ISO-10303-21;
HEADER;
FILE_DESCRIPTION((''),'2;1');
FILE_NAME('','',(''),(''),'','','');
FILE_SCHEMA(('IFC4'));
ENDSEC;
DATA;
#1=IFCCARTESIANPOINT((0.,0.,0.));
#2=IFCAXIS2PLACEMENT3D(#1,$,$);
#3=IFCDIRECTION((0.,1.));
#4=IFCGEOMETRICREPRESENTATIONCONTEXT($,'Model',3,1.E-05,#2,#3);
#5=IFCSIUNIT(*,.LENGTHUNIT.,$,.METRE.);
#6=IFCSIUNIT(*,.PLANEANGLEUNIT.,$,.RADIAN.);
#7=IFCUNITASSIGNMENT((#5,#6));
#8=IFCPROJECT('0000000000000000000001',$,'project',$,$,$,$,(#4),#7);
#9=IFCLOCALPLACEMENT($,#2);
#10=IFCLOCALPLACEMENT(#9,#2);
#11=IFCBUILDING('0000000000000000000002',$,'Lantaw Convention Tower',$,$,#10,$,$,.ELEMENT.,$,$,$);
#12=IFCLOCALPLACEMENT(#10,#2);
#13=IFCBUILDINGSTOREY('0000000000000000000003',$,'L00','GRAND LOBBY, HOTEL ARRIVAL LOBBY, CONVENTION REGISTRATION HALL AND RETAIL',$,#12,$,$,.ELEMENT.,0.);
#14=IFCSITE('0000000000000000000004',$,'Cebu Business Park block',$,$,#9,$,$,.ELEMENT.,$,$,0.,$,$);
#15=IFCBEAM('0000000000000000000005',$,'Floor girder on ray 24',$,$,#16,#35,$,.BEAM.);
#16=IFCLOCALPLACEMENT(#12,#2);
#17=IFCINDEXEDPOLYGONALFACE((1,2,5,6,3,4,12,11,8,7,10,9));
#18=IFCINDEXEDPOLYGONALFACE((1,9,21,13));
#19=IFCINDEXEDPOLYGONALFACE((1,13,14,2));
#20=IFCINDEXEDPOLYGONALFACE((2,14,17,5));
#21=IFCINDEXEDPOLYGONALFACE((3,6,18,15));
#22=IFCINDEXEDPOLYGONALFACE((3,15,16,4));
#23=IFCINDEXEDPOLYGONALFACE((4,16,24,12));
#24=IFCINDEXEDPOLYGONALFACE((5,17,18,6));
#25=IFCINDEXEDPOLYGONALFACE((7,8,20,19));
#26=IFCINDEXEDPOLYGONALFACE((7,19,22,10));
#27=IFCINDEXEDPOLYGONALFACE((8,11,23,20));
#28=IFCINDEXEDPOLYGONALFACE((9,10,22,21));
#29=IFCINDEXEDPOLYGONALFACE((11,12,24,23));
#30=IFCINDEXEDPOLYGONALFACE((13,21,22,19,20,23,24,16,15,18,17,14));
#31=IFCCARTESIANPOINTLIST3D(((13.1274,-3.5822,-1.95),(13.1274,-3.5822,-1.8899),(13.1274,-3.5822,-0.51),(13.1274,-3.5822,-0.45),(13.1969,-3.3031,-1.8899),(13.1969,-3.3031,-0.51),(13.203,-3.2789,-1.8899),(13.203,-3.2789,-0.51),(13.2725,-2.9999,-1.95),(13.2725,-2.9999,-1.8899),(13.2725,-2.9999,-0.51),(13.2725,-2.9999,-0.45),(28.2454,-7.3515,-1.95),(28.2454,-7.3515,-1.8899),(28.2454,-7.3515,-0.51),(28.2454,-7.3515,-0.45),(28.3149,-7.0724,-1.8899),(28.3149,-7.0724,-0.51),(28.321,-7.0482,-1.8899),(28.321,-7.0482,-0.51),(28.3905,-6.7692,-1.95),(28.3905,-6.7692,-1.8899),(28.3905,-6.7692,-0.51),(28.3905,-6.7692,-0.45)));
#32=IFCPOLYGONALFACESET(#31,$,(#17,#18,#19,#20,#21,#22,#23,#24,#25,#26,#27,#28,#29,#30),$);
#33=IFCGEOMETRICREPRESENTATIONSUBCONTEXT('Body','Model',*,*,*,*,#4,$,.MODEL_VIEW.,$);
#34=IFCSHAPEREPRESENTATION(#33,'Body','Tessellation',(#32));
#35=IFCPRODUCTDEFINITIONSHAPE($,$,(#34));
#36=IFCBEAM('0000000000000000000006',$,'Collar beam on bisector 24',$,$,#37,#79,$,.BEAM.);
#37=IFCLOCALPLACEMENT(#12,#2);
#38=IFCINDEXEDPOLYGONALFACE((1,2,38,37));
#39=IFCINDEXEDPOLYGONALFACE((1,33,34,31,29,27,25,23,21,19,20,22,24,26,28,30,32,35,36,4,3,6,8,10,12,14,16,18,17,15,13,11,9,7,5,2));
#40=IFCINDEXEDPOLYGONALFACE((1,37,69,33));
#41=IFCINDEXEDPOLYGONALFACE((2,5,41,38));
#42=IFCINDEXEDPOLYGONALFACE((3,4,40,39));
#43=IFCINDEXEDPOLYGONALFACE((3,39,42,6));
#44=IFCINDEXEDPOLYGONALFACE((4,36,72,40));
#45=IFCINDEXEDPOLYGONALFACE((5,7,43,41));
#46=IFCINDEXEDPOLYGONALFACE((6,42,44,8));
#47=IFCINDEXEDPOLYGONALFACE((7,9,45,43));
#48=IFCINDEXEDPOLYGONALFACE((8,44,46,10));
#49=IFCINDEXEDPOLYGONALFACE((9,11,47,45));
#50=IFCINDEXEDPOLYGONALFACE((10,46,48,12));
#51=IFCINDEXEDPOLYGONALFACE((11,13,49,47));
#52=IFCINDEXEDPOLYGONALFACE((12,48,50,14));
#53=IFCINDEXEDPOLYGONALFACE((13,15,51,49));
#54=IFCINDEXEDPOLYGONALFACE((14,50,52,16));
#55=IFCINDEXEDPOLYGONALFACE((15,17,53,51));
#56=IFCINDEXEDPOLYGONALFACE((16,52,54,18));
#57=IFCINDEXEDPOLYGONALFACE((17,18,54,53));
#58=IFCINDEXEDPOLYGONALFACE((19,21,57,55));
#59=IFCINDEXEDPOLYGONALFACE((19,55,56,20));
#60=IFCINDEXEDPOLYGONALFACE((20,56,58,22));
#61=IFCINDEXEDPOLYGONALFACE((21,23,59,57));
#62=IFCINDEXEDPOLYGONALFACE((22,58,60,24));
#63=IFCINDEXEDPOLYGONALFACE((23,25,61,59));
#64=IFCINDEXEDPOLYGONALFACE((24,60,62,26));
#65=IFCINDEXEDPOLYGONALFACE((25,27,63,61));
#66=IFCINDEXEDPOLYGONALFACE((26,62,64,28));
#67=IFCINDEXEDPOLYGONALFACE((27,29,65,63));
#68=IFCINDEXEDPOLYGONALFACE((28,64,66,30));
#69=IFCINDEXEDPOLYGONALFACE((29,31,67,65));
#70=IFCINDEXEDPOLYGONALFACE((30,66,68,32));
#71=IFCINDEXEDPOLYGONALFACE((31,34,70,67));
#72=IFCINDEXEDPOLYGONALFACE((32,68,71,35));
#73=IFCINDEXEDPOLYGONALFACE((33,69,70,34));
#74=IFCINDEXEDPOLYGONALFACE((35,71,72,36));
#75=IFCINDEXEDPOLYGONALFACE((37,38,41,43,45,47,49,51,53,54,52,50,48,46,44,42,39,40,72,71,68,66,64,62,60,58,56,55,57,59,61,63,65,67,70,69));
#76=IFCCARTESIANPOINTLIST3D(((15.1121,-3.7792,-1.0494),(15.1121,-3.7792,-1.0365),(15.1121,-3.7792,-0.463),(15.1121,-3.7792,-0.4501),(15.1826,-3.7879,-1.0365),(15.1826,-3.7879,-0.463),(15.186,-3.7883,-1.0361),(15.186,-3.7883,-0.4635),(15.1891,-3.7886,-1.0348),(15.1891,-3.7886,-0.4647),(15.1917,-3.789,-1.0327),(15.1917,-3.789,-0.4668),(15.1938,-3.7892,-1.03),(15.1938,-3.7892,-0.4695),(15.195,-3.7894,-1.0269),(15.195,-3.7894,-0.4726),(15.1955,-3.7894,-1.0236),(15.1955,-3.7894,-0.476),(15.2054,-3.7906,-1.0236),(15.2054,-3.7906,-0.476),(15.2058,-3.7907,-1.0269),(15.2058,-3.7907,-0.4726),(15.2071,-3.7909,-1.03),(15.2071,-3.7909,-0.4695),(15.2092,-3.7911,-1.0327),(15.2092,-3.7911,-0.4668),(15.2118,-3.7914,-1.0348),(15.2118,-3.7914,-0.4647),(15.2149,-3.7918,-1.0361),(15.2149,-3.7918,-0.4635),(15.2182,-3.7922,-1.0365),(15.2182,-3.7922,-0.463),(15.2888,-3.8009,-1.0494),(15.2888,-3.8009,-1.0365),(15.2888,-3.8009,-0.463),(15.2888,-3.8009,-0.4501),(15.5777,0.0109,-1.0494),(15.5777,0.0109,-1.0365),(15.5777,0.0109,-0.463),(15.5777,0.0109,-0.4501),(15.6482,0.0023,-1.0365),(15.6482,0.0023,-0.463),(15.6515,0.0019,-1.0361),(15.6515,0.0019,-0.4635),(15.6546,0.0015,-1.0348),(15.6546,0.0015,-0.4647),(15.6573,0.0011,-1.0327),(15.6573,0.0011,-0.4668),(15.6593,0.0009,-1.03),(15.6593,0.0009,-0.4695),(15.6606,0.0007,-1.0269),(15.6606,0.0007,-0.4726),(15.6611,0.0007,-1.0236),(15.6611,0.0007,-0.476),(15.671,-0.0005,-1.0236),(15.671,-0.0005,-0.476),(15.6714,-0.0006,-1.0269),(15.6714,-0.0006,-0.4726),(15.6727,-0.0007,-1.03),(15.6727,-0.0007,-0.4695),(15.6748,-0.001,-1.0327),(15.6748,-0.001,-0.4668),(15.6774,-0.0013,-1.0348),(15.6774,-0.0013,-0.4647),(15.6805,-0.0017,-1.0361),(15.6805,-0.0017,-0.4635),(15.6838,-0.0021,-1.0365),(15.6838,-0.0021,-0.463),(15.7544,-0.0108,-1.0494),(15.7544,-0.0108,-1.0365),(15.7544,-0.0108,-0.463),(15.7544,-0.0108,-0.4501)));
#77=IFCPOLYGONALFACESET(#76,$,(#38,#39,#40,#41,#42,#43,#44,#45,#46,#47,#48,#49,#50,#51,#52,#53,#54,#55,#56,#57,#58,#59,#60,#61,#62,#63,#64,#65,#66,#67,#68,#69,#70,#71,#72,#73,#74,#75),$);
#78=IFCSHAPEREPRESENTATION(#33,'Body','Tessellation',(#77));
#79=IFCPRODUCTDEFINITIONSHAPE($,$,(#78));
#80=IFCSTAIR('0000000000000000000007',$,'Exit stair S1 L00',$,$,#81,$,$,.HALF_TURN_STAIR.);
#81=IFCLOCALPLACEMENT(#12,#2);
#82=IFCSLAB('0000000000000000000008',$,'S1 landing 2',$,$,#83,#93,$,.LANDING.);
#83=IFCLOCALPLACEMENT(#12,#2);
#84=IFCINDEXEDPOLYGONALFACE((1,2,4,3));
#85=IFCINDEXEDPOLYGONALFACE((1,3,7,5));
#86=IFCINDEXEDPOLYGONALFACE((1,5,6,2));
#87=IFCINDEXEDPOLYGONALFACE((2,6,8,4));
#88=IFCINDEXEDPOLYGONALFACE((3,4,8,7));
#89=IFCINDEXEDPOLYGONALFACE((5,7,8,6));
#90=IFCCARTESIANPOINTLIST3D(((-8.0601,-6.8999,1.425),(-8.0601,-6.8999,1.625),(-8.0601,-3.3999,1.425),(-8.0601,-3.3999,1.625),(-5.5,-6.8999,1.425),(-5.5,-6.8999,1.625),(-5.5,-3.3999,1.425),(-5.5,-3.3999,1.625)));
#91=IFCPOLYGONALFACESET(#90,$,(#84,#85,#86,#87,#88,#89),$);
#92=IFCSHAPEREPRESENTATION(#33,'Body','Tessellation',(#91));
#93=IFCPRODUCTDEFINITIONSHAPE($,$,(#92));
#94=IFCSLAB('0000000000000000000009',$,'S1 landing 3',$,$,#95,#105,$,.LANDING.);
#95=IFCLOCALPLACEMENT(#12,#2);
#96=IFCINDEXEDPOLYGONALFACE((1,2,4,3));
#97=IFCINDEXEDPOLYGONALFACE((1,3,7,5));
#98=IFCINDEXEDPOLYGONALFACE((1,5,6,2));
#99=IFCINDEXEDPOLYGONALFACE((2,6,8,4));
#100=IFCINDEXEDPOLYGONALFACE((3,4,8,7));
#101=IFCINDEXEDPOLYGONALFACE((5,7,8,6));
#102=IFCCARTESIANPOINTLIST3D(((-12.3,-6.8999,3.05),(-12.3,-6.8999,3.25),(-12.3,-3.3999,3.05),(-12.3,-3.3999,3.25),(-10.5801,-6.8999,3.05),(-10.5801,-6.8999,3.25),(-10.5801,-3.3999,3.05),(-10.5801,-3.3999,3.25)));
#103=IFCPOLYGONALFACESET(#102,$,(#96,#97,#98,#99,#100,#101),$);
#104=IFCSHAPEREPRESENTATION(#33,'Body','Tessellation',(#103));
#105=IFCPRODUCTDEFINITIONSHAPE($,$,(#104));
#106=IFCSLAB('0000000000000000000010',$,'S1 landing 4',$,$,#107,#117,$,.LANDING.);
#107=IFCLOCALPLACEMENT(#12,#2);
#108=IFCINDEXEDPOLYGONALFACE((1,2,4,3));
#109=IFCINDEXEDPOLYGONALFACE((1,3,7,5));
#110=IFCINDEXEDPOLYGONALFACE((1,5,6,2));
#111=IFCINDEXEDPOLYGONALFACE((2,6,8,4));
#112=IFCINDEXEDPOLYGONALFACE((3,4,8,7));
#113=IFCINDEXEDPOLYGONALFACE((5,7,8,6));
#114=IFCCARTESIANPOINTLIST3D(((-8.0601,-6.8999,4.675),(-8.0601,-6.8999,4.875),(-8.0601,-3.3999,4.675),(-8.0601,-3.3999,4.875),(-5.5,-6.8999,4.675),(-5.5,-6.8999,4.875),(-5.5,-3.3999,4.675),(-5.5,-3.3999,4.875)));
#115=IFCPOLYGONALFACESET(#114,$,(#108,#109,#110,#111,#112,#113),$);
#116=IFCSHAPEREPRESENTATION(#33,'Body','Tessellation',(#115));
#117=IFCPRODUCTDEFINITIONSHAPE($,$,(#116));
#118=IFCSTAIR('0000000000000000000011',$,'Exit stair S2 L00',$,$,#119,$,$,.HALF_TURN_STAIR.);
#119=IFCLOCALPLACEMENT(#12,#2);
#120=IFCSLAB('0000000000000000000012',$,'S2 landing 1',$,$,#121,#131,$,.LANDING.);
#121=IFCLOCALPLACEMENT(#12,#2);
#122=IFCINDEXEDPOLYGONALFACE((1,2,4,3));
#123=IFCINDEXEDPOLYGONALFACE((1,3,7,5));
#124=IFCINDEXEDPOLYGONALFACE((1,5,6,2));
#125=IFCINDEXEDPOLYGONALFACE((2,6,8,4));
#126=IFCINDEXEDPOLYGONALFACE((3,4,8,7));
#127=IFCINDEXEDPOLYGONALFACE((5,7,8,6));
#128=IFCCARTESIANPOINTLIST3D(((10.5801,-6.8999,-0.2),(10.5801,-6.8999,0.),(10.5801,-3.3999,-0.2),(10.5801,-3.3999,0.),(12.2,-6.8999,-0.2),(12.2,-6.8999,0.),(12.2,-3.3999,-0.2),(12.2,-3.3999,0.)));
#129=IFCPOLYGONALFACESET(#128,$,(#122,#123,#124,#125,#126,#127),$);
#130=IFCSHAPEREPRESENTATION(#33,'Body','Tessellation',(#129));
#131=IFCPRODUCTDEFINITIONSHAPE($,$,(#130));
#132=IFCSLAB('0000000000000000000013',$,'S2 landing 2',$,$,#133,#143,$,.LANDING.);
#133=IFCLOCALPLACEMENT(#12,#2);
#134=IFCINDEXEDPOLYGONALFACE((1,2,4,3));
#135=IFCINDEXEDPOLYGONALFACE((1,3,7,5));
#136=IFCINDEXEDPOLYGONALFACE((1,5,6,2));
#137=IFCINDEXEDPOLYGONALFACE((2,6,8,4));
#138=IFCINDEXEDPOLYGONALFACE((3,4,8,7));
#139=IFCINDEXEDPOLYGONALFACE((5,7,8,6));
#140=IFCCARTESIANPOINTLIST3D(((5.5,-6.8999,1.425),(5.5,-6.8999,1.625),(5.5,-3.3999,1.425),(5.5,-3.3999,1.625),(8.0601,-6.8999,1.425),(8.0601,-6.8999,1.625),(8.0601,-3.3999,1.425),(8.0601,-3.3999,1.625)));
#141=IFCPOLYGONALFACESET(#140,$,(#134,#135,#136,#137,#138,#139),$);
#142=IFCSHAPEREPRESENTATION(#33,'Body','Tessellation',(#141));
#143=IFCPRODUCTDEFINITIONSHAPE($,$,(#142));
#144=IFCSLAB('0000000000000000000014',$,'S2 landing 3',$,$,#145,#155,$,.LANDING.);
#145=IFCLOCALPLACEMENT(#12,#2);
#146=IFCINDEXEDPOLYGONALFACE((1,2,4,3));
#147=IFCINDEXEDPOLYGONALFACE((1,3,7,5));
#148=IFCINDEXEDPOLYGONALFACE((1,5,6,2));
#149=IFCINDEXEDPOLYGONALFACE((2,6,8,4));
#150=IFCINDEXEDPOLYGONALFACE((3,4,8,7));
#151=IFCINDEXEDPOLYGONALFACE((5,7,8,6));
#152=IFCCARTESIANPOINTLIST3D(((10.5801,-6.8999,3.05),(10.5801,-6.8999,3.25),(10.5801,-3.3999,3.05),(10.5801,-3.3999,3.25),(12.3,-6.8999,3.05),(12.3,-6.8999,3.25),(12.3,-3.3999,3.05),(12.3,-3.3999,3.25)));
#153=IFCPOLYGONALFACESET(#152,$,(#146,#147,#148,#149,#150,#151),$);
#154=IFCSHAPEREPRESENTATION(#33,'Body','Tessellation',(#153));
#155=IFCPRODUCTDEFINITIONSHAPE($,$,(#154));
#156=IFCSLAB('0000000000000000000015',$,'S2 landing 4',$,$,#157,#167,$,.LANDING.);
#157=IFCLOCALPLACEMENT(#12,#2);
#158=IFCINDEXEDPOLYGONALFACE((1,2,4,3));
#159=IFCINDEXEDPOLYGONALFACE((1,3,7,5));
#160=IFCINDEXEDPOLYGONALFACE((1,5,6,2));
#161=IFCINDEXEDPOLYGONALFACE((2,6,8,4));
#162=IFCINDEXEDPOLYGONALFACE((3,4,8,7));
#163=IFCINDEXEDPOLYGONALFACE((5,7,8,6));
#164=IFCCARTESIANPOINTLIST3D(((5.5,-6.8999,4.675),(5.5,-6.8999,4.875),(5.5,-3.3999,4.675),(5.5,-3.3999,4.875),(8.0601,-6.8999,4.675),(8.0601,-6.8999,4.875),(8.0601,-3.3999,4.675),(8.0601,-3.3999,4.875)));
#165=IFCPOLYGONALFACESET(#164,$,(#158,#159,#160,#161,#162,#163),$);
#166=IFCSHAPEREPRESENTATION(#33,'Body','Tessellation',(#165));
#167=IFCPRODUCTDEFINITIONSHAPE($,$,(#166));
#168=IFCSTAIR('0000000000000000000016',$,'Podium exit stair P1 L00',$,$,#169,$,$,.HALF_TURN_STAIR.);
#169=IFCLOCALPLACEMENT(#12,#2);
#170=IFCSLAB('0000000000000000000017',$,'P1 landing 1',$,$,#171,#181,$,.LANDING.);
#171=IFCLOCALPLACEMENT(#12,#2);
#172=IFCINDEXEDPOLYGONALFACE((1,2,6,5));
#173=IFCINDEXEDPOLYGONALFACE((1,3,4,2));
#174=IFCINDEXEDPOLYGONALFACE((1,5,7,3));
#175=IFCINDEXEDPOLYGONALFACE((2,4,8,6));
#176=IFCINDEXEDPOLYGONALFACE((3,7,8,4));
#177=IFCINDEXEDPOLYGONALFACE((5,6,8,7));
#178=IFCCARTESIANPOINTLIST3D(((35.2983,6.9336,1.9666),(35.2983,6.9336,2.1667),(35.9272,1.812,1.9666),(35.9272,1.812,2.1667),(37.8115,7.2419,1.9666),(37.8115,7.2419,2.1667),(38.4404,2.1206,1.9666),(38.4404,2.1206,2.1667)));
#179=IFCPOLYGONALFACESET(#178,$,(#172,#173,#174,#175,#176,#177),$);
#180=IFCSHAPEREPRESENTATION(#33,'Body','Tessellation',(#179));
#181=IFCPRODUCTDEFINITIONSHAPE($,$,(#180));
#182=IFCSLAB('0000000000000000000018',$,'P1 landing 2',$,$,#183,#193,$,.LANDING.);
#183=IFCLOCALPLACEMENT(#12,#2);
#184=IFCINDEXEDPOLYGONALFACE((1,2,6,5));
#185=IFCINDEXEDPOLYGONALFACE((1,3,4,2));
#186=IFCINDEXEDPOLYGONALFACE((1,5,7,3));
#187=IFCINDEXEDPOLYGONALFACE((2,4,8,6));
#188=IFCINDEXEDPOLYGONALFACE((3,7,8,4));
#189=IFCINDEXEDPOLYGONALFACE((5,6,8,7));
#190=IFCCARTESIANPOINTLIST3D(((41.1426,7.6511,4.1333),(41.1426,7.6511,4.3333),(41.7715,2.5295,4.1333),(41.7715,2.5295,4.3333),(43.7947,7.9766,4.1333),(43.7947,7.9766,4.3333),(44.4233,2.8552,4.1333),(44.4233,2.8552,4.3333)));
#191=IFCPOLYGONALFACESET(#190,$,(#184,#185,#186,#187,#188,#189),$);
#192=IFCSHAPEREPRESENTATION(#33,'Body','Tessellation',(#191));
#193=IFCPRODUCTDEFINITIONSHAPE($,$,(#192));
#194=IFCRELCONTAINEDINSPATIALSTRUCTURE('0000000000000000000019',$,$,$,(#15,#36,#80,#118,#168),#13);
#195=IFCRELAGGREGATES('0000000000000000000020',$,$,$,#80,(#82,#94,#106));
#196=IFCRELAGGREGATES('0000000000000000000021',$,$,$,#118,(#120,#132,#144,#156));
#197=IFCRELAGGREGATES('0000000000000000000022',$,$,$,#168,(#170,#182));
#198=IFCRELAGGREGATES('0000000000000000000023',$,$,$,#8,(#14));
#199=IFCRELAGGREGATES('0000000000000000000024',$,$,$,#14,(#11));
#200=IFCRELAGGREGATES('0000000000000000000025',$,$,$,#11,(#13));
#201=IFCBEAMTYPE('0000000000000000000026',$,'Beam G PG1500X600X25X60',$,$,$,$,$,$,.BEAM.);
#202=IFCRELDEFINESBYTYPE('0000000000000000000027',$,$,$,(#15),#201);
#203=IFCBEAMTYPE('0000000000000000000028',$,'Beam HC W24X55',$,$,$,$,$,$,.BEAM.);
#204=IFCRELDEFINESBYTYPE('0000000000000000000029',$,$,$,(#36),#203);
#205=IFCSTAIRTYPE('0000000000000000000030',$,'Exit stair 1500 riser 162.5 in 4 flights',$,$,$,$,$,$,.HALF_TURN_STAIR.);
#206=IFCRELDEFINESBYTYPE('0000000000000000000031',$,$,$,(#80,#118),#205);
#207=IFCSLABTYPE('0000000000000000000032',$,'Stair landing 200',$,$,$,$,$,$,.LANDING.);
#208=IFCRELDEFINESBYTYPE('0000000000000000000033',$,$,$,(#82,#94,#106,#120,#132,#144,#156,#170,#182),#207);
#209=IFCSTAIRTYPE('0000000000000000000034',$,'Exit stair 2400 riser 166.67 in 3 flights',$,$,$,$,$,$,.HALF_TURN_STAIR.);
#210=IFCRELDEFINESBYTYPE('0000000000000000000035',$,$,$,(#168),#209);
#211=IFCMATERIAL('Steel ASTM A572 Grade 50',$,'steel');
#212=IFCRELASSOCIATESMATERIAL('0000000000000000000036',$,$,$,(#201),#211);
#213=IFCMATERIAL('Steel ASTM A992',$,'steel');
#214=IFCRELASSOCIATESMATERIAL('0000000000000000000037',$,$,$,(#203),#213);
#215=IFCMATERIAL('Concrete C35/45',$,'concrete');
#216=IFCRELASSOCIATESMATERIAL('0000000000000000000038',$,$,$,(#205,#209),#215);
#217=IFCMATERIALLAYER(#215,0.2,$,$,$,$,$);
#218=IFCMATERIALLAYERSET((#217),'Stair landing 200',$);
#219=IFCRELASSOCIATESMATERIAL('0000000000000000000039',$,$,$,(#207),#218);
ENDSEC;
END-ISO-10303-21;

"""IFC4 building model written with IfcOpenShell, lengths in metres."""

from ifc_helpers import new_model, si_unit, direction, frame, origin, origin_2d, place, context, subcontext, project, spatial, polyline, i_section, outline, extrude, material, layer, layer_set, material_profile, profile_set, type_object, element, aggregate, save


model = new_model("IFC4")

# Units and contexts
model_context = context("Model", 3, precision=1e-05, world=origin(), true_north=direction((0.0, 1.0)))
body_context = subcontext(model_context, "Body", "Model", "MODEL_VIEW")
ifc_project = project(units=[si_unit("LENGTHUNIT", "METRE"), si_unit("PLANEANGLEUNIT", "RADIAN")], contexts=[model_context])

# Site, building, storey
site_placement = place(None, origin())
site = spatial("IfcSite", under=ifc_project, at=site_placement, Name="Cebu Business Park block", CompositionType="ELEMENT", RefElevation=0.0)
building_placement = place(site_placement, origin())
building = spatial("IfcBuilding", under=site, at=building_placement, Name="Lantaw Convention Tower", CompositionType="ELEMENT")
storey_placement = place(building_placement, origin())
storey = spatial("IfcBuildingStorey", under=building, at=storey_placement, Name="L00", Description="GRAND LOBBY, HOTEL ARRIVAL LOBBY, CONVENTION REGISTRATION HALL AND RETAIL", CompositionType="ELEMENT", Elevation=0.0)

# Beams
ifc_material_1 = material(Name="Steel ASTM A572 Grade 50", Category="steel")
ifc_material_profile_1 = material_profile(ifc_material_1, i_section(OverallWidth=0.6001, OverallDepth=1.5, WebThickness=0.0249, FlangeThickness=0.0601, at=origin_2d()), Name="PG1500X600X25X60")
ifc_profile_set_1 = profile_set([ifc_material_profile_1], Name="Steel ASTM A572 Grade 50")
beam_type_1 = type_object("IfcBeamType", Name="Beam G PG1500X600X25X60", PredefinedType="BEAM", material=ifc_profile_set_1)
beam_1_placement = place(storey_placement, frame((13.2, -3.291, -1.2), z_axis=(0.970296, -0.24192, 0.0), x_axis=(0.24192, 0.970296, 0.0)))
element("IfcBeam", 1, at=beam_1_placement, inside=storey, type_object=beam_type_1, Name="Floor girder on ray 24", PredefinedType="BEAM", context=body_context, shape_type="SweptSolid", body=[
    extrude(i_section(OverallWidth=0.6001, OverallDepth=1.5, WebThickness=0.0249, FlangeThickness=0.0601, at=origin_2d()), origin(), (0.0, 0.0, 1.0), 15.5808),
])
ifc_material_2 = material(Name="Steel ASTM A992", Category="steel")
ifc_material_profile_2 = material_profile(ifc_material_2, i_section(OverallWidth=0.178, OverallDepth=0.5994, WebThickness=0.01, FlangeThickness=0.0129, FilletRadius=0.0129, at=origin_2d()), Name="W24X55")
ifc_profile_set_2 = profile_set([ifc_material_profile_2], Name="Steel ASTM A992")
beam_type_2 = type_object("IfcBeamType", Name="Beam HC W24X55", PredefinedType="BEAM", material=ifc_profile_set_2)
beam_2_placement = place(storey_placement, frame((15.2004, -3.79, -0.7498), z_axis=(0.121926, 0.992539, 0.0), x_axis=(-0.992539, 0.121926, 0.0)))
element("IfcBeam", 2, at=beam_2_placement, inside=storey, type_object=beam_type_2, Name="Collar beam on bisector 24", PredefinedType="BEAM", context=body_context, shape_type="SweptSolid", body=[
    extrude(i_section(OverallWidth=0.178, OverallDepth=0.5994, WebThickness=0.01, FlangeThickness=0.0129, FilletRadius=0.0129, at=origin_2d()), origin(), (0.0, 0.0, 1.0), 3.8186),
])

# Stairs, slabs
ifc_material_3 = material(Name="Concrete C35/45", Category="concrete")
stair_type_1 = type_object("IfcStairType", Name="Exit stair 1500 riser 162.5 in 4 flights", PredefinedType="HALF_TURN_STAIR", material=ifc_material_3)
stair_1_placement = place(storey_placement, origin())
stair_1 = element("IfcStair", 3, at=stair_1_placement, inside=storey, type_object=stair_type_1, Name="Exit stair S1 L00", PredefinedType="HALF_TURN_STAIR")
ifc_layer_1 = layer(ifc_material_3, 0.2)
ifc_layer_set_1 = layer_set([ifc_layer_1], Name="Stair landing 200")
slab_type = type_object("IfcSlabType", Name="Stair landing 200", PredefinedType="LANDING", material=ifc_layer_set_1)
slab_1_placement = place(storey_placement, frame((0.0, 0.0, 1.425)))
slab_1 = element("IfcSlab", 4, at=slab_1_placement, type_object=slab_type, Name="S1 landing 2", PredefinedType="LANDING", context=body_context, shape_type="SweptSolid", body=[
    extrude(outline(polyline([(-8.0601, -6.8999), (-5.5, -6.8999), (-5.5, -3.3999), (-8.0601, -3.3999), (-8.0601, -6.8999)])), origin(), (0.0, 0.0, 1.0), 0.2),
])
slab_2_placement = place(storey_placement, frame((0.0, 0.0, 3.05)))
slab_2 = element("IfcSlab", 5, at=slab_2_placement, type_object=slab_type, Name="S1 landing 3", PredefinedType="LANDING", context=body_context, shape_type="SweptSolid", body=[
    extrude(outline(polyline([(-12.3, -6.8999), (-10.5801, -6.8999), (-10.5801, -3.3999), (-12.3, -3.3999), (-12.3, -6.8999)])), origin(), (0.0, 0.0, 1.0), 0.2),
])
slab_3_placement = place(storey_placement, frame((0.0, 0.0, 4.675)))
slab_3 = element("IfcSlab", 6, at=slab_3_placement, type_object=slab_type, Name="S1 landing 4", PredefinedType="LANDING", context=body_context, shape_type="SweptSolid", body=[
    extrude(outline(polyline([(-8.0601, -6.8999), (-5.5, -6.8999), (-5.5, -3.3999), (-8.0601, -3.3999), (-8.0601, -6.8999)])), origin(), (0.0, 0.0, 1.0), 0.2),
])
aggregate(stair_1, [slab_1, slab_2, slab_3])
stair_2_placement = place(storey_placement, origin())
stair_2 = element("IfcStair", 7, at=stair_2_placement, inside=storey, type_object=stair_type_1, Name="Exit stair S2 L00", PredefinedType="HALF_TURN_STAIR")
slab_4_placement = place(storey_placement, frame((0.0, 0.0, -0.2)))
slab_4 = element("IfcSlab", 8, at=slab_4_placement, type_object=slab_type, Name="S2 landing 1", PredefinedType="LANDING", context=body_context, shape_type="SweptSolid", body=[
    extrude(outline(polyline([(10.5801, -6.8999), (12.2, -6.8999), (12.2, -3.3999), (10.5801, -3.3999), (10.5801, -6.8999)])), origin(), (0.0, 0.0, 1.0), 0.2),
])
slab_5_placement = place(storey_placement, frame((0.0, 0.0, 1.425)))
slab_5 = element("IfcSlab", 9, at=slab_5_placement, type_object=slab_type, Name="S2 landing 2", PredefinedType="LANDING", context=body_context, shape_type="SweptSolid", body=[
    extrude(outline(polyline([(5.5, -6.8999), (8.0601, -6.8999), (8.0601, -3.3999), (5.5, -3.3999), (5.5, -6.8999)])), origin(), (0.0, 0.0, 1.0), 0.2),
])
slab_6_placement = place(storey_placement, frame((0.0, 0.0, 3.05)))
slab_6 = element("IfcSlab", 10, at=slab_6_placement, type_object=slab_type, Name="S2 landing 3", PredefinedType="LANDING", context=body_context, shape_type="SweptSolid", body=[
    extrude(outline(polyline([(10.5801, -6.8999), (12.3, -6.8999), (12.3, -3.3999), (10.5801, -3.3999), (10.5801, -6.8999)])), origin(), (0.0, 0.0, 1.0), 0.2),
])
slab_7_placement = place(storey_placement, frame((0.0, 0.0, 4.675)))
slab_7 = element("IfcSlab", 11, at=slab_7_placement, type_object=slab_type, Name="S2 landing 4", PredefinedType="LANDING", context=body_context, shape_type="SweptSolid", body=[
    extrude(outline(polyline([(5.5, -6.8999), (8.0601, -6.8999), (8.0601, -3.3999), (5.5, -3.3999), (5.5, -6.8999)])), origin(), (0.0, 0.0, 1.0), 0.2),
])
aggregate(stair_2, [slab_4, slab_5, slab_6, slab_7])
stair_type_2 = type_object("IfcStairType", Name="Exit stair 2400 riser 166.67 in 3 flights", PredefinedType="HALF_TURN_STAIR", material=ifc_material_3)
stair_3_placement = place(storey_placement, origin())
stair_3 = element("IfcStair", 12, at=stair_3_placement, inside=storey, type_object=stair_type_2, Name="Podium exit stair P1 L00", PredefinedType="HALF_TURN_STAIR")
slab_8_placement = place(storey_placement, frame((0.0, 0.0, 1.9666)))
slab_8 = element("IfcSlab", 13, at=slab_8_placement, type_object=slab_type, Name="P1 landing 1", PredefinedType="LANDING", context=body_context, shape_type="SweptSolid", body=[
    extrude(outline(polyline([(35.9272, 1.812), (38.4404, 2.1206), (37.8115, 7.2419), (35.2983, 6.9336), (35.9272, 1.812)])), origin(), (0.0, 0.0, 1.0), 0.2002),
])
slab_9_placement = place(storey_placement, frame((0.0, 0.0, 4.1333)))
slab_9 = element("IfcSlab", 14, at=slab_9_placement, type_object=slab_type, Name="P1 landing 2", PredefinedType="LANDING", context=body_context, shape_type="SweptSolid", body=[
    extrude(outline(polyline([(41.7715, 2.5295), (44.4233, 2.8552), (43.7947, 7.9766), (41.1426, 7.6511), (41.7715, 2.5295)])), origin(), (0.0, 0.0, 1.0), 0.2),
])
aggregate(stair_3, [slab_8, slab_9])

save(model, "model.ifc")
